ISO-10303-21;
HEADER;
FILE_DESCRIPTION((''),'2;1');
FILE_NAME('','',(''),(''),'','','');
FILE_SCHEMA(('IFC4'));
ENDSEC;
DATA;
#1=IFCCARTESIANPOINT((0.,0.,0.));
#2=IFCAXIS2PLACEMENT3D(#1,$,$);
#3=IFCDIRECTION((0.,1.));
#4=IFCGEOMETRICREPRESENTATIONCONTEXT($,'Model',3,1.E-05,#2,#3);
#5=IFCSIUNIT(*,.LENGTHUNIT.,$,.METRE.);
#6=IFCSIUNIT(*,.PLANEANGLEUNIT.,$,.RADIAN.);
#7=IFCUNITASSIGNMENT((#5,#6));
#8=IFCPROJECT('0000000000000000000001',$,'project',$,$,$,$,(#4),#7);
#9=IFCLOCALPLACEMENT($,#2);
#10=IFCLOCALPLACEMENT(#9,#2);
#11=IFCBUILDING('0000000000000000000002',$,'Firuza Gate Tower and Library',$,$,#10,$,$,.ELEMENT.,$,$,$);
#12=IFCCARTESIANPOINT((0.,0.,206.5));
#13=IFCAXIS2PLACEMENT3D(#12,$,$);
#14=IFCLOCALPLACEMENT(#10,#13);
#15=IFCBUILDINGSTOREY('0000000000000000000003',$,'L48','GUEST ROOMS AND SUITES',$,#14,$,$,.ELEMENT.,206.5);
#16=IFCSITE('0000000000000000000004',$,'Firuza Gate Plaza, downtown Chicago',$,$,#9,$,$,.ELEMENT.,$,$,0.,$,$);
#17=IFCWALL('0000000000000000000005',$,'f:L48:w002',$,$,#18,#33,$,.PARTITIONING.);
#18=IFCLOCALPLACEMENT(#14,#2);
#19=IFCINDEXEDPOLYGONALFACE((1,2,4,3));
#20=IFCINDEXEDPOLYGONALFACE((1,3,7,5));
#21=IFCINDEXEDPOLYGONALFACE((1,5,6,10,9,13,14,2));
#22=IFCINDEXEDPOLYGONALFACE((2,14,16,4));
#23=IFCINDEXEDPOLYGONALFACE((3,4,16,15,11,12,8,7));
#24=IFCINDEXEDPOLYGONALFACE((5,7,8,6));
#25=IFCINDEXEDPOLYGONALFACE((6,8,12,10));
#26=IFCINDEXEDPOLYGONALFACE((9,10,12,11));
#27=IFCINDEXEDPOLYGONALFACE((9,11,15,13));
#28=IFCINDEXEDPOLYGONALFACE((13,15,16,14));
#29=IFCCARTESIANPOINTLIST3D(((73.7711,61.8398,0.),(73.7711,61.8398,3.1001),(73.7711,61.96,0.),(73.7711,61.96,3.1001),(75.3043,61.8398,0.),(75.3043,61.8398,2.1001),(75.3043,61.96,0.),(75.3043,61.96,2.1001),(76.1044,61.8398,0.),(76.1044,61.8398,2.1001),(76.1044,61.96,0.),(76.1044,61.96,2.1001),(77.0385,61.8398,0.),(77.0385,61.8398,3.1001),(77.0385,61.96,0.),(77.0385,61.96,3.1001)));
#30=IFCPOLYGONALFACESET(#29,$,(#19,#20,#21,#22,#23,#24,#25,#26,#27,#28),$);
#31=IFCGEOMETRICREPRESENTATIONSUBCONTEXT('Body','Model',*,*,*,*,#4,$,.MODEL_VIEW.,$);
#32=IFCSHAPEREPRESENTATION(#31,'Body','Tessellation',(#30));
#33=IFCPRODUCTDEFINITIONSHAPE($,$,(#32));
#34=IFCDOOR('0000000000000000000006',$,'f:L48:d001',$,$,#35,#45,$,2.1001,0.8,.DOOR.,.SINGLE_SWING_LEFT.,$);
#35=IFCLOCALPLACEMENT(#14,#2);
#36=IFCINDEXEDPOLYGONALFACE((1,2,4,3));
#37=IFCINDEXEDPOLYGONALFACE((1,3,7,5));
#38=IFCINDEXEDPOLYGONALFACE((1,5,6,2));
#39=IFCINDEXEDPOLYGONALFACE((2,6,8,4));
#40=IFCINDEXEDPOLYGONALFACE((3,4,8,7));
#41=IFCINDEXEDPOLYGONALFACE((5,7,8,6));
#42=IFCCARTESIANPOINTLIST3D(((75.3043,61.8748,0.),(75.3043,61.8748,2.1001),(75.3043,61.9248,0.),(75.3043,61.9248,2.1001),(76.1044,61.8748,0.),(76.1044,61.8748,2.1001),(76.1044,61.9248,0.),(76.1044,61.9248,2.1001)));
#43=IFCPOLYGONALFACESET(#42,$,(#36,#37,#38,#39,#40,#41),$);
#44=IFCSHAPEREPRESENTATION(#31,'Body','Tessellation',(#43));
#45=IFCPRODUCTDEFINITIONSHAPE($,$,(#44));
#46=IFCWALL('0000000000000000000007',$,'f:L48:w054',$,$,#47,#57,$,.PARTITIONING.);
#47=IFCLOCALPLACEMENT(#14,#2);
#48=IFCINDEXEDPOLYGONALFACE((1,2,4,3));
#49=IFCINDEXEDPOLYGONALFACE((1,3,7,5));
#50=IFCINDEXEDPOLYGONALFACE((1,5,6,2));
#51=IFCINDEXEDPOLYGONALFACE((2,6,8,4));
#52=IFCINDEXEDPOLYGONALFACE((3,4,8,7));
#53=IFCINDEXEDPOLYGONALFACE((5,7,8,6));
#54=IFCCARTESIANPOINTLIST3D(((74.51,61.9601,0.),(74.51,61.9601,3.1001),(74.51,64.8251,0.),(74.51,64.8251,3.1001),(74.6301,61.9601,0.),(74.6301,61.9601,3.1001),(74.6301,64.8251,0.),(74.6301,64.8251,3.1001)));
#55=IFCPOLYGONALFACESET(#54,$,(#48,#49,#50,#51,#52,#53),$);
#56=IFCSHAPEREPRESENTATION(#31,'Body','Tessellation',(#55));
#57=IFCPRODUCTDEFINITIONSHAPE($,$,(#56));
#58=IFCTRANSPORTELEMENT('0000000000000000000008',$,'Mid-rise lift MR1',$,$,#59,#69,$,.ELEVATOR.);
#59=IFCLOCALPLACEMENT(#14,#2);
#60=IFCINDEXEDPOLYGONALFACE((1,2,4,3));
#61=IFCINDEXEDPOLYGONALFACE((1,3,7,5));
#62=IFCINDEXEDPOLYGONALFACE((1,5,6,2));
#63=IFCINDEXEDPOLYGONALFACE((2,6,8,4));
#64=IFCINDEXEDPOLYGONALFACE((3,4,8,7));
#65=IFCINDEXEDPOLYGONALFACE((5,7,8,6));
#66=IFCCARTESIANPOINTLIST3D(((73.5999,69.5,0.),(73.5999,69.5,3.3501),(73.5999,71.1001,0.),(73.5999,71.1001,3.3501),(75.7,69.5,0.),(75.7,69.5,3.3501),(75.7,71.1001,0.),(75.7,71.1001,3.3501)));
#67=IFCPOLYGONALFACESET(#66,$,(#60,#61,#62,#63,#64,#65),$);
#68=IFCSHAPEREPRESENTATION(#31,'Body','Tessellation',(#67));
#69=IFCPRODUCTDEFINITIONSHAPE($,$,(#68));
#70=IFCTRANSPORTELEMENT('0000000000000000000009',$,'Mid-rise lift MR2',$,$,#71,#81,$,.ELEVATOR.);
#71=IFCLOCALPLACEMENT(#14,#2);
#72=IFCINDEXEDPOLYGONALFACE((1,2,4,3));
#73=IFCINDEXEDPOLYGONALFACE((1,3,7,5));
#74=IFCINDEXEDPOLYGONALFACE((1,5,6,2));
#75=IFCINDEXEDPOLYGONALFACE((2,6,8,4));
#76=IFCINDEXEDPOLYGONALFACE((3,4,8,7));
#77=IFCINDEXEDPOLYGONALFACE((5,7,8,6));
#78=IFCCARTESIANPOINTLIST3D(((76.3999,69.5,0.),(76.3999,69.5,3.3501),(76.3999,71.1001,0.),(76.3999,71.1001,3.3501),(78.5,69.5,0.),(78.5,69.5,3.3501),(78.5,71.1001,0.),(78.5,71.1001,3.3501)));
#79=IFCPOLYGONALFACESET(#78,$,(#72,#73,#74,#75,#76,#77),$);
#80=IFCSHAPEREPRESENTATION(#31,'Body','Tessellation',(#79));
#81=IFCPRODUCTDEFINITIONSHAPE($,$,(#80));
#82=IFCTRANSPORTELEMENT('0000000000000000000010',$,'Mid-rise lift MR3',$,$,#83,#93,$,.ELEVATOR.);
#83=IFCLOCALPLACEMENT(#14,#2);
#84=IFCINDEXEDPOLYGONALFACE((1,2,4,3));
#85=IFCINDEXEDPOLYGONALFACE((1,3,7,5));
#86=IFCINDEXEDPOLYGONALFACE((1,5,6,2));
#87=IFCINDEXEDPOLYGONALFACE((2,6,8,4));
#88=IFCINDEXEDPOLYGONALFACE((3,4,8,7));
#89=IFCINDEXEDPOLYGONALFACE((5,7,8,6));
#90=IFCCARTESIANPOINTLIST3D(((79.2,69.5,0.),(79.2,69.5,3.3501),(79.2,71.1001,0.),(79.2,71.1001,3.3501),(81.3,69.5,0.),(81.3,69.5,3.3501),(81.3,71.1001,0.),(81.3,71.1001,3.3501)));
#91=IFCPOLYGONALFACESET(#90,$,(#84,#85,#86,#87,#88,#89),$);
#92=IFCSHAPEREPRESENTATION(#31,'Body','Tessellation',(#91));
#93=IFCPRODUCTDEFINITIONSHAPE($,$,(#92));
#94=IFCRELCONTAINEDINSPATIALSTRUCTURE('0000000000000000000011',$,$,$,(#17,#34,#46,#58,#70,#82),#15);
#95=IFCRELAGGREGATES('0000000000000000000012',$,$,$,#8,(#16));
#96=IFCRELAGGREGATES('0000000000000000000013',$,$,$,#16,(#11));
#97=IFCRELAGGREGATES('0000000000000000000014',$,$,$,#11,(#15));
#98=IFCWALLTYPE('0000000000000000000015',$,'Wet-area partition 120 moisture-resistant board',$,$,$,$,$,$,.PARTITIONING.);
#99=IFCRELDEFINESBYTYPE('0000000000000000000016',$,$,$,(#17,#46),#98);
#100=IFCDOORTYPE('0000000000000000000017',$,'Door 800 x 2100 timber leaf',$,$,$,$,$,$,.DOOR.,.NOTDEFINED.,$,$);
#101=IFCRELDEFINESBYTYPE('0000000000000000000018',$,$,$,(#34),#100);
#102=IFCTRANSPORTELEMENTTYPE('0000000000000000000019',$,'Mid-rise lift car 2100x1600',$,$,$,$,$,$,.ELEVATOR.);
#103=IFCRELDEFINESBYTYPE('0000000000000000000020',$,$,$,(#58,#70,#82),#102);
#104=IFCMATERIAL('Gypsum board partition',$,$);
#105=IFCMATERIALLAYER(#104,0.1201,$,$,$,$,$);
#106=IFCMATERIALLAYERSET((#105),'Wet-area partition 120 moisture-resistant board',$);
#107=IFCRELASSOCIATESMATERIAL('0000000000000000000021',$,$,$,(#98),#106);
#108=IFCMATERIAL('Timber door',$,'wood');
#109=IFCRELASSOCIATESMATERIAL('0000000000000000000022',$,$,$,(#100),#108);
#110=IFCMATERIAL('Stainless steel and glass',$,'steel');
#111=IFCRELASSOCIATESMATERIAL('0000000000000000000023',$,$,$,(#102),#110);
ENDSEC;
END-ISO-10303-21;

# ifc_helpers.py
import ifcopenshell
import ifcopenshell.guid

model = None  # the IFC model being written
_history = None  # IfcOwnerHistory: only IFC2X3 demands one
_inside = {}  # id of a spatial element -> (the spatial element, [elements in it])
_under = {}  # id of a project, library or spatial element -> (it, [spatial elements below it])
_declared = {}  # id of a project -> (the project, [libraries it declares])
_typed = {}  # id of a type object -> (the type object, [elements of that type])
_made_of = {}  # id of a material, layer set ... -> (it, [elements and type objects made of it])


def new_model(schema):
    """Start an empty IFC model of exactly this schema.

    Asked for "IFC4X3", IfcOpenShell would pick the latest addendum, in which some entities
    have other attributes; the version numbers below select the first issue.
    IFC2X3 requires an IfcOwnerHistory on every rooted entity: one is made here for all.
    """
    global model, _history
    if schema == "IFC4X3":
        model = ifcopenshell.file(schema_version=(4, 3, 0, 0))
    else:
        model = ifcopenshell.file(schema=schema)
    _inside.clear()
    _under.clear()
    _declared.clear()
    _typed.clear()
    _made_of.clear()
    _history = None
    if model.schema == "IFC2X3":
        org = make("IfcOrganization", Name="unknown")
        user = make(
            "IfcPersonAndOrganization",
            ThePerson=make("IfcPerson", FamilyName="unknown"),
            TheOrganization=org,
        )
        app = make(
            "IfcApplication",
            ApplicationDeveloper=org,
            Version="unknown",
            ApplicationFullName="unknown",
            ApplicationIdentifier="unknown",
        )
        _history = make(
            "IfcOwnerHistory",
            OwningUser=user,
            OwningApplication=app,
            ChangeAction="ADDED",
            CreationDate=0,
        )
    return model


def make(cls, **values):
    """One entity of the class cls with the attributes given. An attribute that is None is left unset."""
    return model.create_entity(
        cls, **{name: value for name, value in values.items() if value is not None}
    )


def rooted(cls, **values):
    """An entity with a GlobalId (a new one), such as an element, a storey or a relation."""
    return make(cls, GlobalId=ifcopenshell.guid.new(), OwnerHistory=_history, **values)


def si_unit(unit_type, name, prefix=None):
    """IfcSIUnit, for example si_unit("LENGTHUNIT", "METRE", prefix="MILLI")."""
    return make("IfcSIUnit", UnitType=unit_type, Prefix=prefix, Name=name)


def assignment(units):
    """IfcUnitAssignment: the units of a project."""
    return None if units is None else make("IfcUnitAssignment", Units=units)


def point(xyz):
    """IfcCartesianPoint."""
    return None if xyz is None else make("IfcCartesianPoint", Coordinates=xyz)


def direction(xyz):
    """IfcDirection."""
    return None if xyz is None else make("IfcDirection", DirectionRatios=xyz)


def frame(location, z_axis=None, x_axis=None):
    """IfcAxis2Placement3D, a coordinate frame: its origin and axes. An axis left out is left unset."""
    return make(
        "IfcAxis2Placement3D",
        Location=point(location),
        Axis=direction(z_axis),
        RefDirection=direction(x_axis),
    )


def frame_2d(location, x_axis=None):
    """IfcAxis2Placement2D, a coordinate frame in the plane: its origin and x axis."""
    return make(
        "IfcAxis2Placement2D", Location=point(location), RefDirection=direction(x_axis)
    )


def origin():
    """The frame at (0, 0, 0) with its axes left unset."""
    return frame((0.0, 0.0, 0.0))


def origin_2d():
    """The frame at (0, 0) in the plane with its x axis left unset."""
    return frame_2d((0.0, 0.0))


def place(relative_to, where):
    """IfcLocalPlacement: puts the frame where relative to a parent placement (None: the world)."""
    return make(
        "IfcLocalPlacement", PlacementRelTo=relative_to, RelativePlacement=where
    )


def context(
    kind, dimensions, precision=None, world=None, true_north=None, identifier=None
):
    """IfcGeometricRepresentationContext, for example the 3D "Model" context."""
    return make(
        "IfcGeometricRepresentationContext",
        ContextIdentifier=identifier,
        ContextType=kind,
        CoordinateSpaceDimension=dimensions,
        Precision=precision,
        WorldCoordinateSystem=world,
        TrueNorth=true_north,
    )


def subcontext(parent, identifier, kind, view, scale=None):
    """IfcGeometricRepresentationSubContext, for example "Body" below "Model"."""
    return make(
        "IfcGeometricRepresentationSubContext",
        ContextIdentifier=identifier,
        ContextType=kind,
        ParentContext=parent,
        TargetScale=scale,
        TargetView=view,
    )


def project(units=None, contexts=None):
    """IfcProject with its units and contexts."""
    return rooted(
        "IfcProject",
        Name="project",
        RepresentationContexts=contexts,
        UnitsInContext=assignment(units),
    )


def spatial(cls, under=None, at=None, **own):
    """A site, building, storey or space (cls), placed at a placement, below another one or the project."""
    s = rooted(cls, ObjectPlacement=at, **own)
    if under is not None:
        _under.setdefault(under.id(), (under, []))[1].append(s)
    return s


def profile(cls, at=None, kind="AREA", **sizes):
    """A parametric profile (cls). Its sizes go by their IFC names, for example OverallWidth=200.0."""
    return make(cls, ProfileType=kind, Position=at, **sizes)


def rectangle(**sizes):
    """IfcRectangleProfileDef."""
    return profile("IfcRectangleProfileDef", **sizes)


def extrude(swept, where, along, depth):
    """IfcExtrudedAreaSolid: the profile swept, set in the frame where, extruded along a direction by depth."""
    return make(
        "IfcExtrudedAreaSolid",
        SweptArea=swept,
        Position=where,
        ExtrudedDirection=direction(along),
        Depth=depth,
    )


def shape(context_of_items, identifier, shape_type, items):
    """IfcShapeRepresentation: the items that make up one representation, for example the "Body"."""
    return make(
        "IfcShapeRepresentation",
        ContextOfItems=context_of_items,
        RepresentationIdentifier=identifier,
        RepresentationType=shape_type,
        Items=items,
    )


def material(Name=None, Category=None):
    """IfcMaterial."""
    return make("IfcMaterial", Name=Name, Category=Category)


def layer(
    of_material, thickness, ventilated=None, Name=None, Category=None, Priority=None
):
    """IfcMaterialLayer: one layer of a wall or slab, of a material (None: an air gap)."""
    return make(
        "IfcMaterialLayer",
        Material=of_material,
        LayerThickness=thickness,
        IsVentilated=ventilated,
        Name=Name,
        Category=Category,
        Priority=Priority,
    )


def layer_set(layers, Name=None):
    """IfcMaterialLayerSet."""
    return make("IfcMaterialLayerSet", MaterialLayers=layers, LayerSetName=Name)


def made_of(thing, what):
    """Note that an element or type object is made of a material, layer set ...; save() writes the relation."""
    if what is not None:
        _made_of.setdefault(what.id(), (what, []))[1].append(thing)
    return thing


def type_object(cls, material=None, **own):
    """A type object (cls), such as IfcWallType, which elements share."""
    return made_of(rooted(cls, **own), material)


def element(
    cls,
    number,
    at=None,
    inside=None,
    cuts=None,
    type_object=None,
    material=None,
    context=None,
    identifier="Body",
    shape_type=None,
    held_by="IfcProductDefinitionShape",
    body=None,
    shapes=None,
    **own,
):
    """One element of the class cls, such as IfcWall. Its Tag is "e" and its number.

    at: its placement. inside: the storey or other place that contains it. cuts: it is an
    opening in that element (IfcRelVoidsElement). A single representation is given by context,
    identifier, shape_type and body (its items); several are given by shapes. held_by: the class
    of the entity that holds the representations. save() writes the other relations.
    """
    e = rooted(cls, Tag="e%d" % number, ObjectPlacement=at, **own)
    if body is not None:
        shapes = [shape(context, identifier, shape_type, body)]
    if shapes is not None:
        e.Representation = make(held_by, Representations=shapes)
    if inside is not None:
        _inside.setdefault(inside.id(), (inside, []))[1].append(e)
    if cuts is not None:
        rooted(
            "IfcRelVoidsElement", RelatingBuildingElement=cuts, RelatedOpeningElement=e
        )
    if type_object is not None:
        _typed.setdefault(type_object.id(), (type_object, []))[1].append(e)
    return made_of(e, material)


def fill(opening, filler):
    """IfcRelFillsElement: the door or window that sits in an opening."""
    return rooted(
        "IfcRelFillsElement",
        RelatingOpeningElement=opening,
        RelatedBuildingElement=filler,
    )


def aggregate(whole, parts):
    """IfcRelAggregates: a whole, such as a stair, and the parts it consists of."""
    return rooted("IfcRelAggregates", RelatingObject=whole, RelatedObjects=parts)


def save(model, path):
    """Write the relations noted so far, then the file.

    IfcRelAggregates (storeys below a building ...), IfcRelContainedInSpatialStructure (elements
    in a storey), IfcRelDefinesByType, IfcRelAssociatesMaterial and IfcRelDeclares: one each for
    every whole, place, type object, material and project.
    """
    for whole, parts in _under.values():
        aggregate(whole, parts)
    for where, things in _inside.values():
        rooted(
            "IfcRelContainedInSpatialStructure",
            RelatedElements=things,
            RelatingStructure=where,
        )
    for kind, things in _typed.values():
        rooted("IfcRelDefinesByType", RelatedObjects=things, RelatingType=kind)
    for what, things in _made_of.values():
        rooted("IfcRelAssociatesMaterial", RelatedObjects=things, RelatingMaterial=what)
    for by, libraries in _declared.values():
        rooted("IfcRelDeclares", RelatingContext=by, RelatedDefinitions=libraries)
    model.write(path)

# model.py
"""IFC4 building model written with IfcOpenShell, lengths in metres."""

from ifc_helpers import new_model, si_unit, direction, frame, frame_2d, origin, origin_2d, place, context, subcontext, project, spatial, rectangle, extrude, material, layer, layer_set, type_object, element, fill, save


model = new_model("IFC4")

# Units and contexts
model_context = context("Model", 3, precision=1e-05, world=origin(), true_north=direction((0.0, 1.0)))
body_context = subcontext(model_context, "Body", "Model", "MODEL_VIEW")
ifc_project = project(units=[si_unit("LENGTHUNIT", "METRE"), si_unit("PLANEANGLEUNIT", "RADIAN")], contexts=[model_context])

# Site, building, storey
site_placement = place(None, origin())
site = spatial("IfcSite", under=ifc_project, at=site_placement, Name="Firuza Gate Plaza, downtown Chicago", CompositionType="ELEMENT", RefElevation=0.0)
building_placement = place(site_placement, origin())
building = spatial("IfcBuilding", under=site, at=building_placement, Name="Firuza Gate Tower and Library", CompositionType="ELEMENT")
storey_placement = place(building_placement, frame((0.0, 0.0, 206.5)))
storey = spatial("IfcBuildingStorey", under=building, at=storey_placement, Name="L48", Description="GUEST ROOMS AND SUITES", CompositionType="ELEMENT", Elevation=206.5)

# Wall, opening, door
ifc_material_1 = material(Name="Gypsum board partition")
ifc_layer_1 = layer(ifc_material_1, 0.1201)
ifc_layer_set_1 = layer_set([ifc_layer_1], Name="Wet-area partition 120 moisture-resistant board")
wall_type_1 = type_object("IfcWallType", Name="Wet-area partition 120 moisture-resistant board", PredefinedType="PARTITIONING", material=ifc_layer_set_1)
wall_1_placement = place(storey_placement, frame((73.771, 61.8999, 0.0), z_axis=(0.0, 0.0, 1.0), x_axis=(1.0, 0.0, 0.0)))
wall_1 = element("IfcWall", 1, at=wall_1_placement, inside=storey, type_object=wall_type_1, Name="f:L48:w002", PredefinedType="PARTITIONING", context=body_context, shape_type="SweptSolid", body=[
    extrude(rectangle(XDim=3.2673, YDim=0.1201, at=frame_2d((1.6338, 0.0))), origin(), (0.0, 0.0, 1.0), 3.1001),
])
opening_1_placement = place(wall_1_placement, frame((1.5334, 0.0, 0.0)))
opening_1 = element("IfcOpeningElement", 2, at=opening_1_placement, cuts=wall_1, PredefinedType="OPENING", context=body_context, shape_type="SweptSolid", body=[
    extrude(rectangle(XDim=0.8, YDim=2.1001, at=frame_2d((0.3999, 1.05))), frame((0.0, 0.0701, 0.0), z_axis=(0.0, -1.0, 0.0), x_axis=(1.0, 0.0, 0.0)), (0.0, 0.0, 1.0), 0.1401),
])
ifc_material_2 = material(Name="Timber door", Category="wood")
door_type_1 = type_object("IfcDoorType", Name="Door 800 x 2100 timber leaf", OperationType="NOTDEFINED", PredefinedType="DOOR", material=ifc_material_2)
door_1_placement = place(opening_1_placement, origin())
door_1 = element("IfcDoor", 3, at=door_1_placement, inside=storey, type_object=door_type_1, Name="f:L48:d001", OperationType="SINGLE_SWING_LEFT", OverallHeight=2.1001, OverallWidth=0.8, PredefinedType="DOOR", context=body_context, shape_type="SweptSolid", body=[
    extrude(rectangle(XDim=0.8, YDim=2.1001, at=frame_2d((0.3999, 1.05))), frame((0.0, 0.0249, 0.0), z_axis=(0.0, -1.0, 0.0), x_axis=(1.0, 0.0, 0.0)), (0.0, 0.0, 1.0), 0.05),
])
fill(opening_1, door_1)

# Wall
wall_2_placement = place(storey_placement, frame((74.5701, 61.96, 0.0), z_axis=(0.0, 0.0, 1.0), x_axis=(0.0, 1.0, 0.0)))
element("IfcWall", 4, at=wall_2_placement, inside=storey, type_object=wall_type_1, Name="f:L48:w054", PredefinedType="PARTITIONING", context=body_context, shape_type="SweptSolid", body=[
    extrude(rectangle(XDim=2.865, YDim=0.1201, at=frame_2d((1.4326, 0.0))), origin(), (0.0, 0.0, 1.0), 3.1001),
])

# Transport elements
ifc_material_3 = material(Name="Stainless steel and glass", Category="steel")
transport_element_type = type_object("IfcTransportElementType", Name="Mid-rise lift car 2100x1600", PredefinedType="ELEVATOR", material=ifc_material_3)
for number, where, z_axis, x_axis, name in (
    (5, (74.6499, 70.3, 0.0), (0.0, 0.0, 1.0), (1.0, 0.0, 0.0), "Mid-rise lift MR1"),
    (6, (77.45, 70.3, 0.0), (0.0, 0.0, 1.0), (1.0, 0.0, 0.0), "Mid-rise lift MR2"),
    (7, (80.25, 70.3, 0.0), (0.0, 0.0, 1.0), (1.0, 0.0, 0.0), "Mid-rise lift MR3"),
):
    element("IfcTransportElement", number, at=place(storey_placement, frame(where, z_axis=z_axis, x_axis=x_axis)), inside=storey, type_object=transport_element_type, Name=name, PredefinedType="ELEVATOR", context=body_context, shape_type="SweptSolid", body=[
        extrude(rectangle(XDim=2.1001, YDim=1.6001, at=origin_2d()), origin(), (0.0, 0.0, 1.0), 3.3501),
    ])

save(model, "model.ifc")
